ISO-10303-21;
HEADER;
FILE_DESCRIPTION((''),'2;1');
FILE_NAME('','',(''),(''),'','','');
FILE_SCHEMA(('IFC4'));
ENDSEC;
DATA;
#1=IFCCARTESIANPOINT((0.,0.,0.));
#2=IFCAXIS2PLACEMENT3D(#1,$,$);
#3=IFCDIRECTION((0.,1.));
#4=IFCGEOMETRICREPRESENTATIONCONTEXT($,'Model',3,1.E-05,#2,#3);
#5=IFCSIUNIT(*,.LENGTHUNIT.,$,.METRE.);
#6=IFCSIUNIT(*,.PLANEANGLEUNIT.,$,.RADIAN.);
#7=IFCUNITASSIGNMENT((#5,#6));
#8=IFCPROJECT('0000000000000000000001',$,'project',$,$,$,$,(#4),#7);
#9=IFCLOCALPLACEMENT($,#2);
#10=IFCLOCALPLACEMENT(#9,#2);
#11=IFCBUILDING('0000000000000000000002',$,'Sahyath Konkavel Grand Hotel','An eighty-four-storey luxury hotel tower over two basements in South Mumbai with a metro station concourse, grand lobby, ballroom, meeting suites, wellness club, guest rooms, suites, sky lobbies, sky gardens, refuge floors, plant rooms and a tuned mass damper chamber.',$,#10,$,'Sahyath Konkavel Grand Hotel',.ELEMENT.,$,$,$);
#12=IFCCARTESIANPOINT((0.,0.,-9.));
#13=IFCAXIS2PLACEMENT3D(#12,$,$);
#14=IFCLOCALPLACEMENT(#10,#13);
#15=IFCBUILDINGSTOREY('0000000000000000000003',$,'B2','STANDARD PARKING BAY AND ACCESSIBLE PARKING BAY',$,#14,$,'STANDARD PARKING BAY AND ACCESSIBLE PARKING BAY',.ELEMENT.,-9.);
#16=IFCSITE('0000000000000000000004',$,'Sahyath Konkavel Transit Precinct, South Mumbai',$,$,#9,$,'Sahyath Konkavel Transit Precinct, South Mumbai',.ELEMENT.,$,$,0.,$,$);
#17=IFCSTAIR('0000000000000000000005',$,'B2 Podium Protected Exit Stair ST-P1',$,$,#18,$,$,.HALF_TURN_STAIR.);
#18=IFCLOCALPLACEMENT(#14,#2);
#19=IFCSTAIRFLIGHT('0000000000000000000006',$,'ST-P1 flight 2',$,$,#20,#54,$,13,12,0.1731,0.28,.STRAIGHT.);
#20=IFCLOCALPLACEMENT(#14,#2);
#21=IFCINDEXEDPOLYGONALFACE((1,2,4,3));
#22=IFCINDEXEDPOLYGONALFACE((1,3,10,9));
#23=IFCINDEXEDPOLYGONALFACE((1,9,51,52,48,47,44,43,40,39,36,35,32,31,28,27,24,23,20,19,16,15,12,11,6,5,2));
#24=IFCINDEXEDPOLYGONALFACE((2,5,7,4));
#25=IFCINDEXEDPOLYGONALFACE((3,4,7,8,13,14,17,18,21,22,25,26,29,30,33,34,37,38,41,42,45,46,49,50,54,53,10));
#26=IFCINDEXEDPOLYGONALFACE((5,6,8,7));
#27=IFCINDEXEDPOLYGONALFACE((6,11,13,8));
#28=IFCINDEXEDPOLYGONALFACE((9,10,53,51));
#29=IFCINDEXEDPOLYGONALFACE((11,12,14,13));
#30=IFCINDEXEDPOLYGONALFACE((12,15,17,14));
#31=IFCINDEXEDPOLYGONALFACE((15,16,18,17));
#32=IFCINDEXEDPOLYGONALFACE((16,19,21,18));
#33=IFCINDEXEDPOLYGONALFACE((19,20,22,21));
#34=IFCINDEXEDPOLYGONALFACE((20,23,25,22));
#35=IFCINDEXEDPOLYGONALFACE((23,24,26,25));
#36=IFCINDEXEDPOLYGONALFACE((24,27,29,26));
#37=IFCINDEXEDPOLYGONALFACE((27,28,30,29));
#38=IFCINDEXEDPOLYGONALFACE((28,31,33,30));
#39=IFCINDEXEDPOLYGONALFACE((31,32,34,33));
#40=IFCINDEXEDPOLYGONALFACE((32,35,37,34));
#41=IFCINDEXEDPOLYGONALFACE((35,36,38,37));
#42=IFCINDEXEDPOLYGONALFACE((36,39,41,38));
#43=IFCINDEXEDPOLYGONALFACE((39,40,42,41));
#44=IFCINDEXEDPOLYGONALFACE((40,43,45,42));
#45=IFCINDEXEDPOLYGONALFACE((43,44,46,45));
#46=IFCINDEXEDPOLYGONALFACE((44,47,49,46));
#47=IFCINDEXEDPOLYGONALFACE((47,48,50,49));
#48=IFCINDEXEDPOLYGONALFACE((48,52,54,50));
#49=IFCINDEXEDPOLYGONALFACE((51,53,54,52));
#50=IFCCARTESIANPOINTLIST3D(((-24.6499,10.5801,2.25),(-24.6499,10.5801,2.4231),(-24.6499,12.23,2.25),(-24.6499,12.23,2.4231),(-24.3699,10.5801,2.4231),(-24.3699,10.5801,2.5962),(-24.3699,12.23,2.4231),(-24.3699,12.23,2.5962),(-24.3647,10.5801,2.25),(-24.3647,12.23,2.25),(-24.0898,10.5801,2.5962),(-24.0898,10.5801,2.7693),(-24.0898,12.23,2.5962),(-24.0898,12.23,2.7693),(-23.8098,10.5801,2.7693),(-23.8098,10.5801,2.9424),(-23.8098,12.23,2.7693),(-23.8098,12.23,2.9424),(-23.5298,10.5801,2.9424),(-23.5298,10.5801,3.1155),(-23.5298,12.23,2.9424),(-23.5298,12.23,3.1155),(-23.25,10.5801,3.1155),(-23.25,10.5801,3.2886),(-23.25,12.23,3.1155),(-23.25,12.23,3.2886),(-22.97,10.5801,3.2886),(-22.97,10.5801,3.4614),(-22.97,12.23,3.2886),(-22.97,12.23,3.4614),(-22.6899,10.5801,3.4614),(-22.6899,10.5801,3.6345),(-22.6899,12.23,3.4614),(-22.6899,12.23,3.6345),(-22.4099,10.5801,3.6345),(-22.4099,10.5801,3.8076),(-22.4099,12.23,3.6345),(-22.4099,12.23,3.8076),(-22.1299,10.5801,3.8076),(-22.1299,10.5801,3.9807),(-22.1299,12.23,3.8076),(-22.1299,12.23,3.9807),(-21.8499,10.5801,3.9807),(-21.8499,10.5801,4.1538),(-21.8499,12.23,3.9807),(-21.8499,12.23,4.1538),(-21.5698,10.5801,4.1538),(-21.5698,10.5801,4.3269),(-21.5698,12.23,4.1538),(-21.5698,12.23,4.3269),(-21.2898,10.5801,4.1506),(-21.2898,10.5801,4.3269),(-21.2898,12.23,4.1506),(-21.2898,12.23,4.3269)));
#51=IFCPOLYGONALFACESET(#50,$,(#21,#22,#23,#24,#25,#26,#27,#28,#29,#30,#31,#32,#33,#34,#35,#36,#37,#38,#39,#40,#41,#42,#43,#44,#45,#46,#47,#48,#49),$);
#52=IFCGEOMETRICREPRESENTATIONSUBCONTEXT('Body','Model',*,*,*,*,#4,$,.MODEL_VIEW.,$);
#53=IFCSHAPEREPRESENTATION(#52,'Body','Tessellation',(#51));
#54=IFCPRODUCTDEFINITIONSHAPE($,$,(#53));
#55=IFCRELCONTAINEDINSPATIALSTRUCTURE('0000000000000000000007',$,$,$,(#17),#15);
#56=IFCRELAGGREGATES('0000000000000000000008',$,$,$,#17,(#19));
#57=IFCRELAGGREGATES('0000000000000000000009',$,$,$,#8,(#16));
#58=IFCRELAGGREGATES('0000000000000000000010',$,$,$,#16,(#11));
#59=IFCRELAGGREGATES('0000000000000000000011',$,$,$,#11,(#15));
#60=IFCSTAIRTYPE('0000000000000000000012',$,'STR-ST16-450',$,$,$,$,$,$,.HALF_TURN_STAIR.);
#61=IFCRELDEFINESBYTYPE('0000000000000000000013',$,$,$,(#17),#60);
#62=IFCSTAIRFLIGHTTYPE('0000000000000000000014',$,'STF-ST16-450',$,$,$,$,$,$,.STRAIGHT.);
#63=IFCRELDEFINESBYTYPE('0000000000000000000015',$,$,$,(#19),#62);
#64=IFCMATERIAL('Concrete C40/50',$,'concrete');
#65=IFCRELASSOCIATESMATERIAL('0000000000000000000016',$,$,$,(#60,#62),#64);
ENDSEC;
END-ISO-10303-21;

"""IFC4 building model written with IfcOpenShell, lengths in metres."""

from ifc_helpers import new_model, si_unit, direction, frame, origin, place, context, subcontext, project, spatial, polyline, outline, extrude, material, type_object, element, aggregate, save


model = new_model("IFC4")

# Units and contexts
model_context = context("Model", 3, precision=1e-05, world=origin(), true_north=direction((0.0, 1.0)))
body_context = subcontext(model_context, "Body", "Model", "MODEL_VIEW")
ifc_project = project(units=[si_unit("LENGTHUNIT", "METRE"), si_unit("PLANEANGLEUNIT", "RADIAN")], contexts=[model_context])

# Site, building, storey
site_placement = place(None, origin())
site = spatial("IfcSite", under=ifc_project, at=site_placement, Name="Sahyath Konkavel Transit Precinct, South Mumbai", LongName="Sahyath Konkavel Transit Precinct, South Mumbai", CompositionType="ELEMENT", RefElevation=0.0)
building_placement = place(site_placement, origin())
building = spatial("IfcBuilding", under=site, at=building_placement, Name="Sahyath Konkavel Grand Hotel", Description="An eighty-four-storey luxury hotel tower over two basements in South Mumbai with a metro station concourse, grand lobby, ballroom, meeting suites, wellness club, guest rooms, suites, sky lobbies, sky gardens, refuge floors, plant rooms and a tuned mass damper chamber.", LongName="Sahyath Konkavel Grand Hotel", CompositionType="ELEMENT")
storey_placement = place(building_placement, frame((0.0, 0.0, -9.0)))
storey = spatial("IfcBuildingStorey", under=building, at=storey_placement, Name="B2", Description="STANDARD PARKING BAY AND ACCESSIBLE PARKING BAY", LongName="STANDARD PARKING BAY AND ACCESSIBLE PARKING BAY", CompositionType="ELEMENT", Elevation=-9.0)

# Shared definitions
ifc_material_1 = material(Name="Concrete C40/50", Category="concrete")

# Stair, stair flight
stair_type = type_object("IfcStairType", Name="STR-ST16-450", PredefinedType="HALF_TURN_STAIR", material=ifc_material_1)
stair_placement = place(storey_placement, origin())
stair = element("IfcStair", 1, at=stair_placement, inside=storey, type_object=stair_type, Name="B2 Podium Protected Exit Stair ST-P1", PredefinedType="HALF_TURN_STAIR")
stair_flight_type = type_object("IfcStairFlightType", Name="STF-ST16-450", PredefinedType="STRAIGHT", material=ifc_material_1)
stair_flight_1_placement = place(storey_placement, frame((-24.6499, 11.405, 2.25), z_axis=(0.0, 0.0, 1.0), x_axis=(1.0, 0.0, 0.0)))
stair_flight_1 = element("IfcStairFlight", 2, at=stair_flight_1_placement, type_object=stair_flight_type, Name="ST-P1 flight 2", NumberOfRisers=13, NumberOfTreads=12, PredefinedType="STRAIGHT", RiserHeight=0.1731, TreadLength=0.28, context=body_context, shape_type="SweptSolid", body=[
    extrude(outline(polyline([(0.0, 0.0), (0.0, 0.1731), (0.28, 0.1731), (0.28, 0.3462), (0.5601, 0.3462), (0.5601, 0.5193), (0.8401, 0.5193), (0.8401, 0.6924), (1.1201, 0.6924), (1.1201, 0.8655), (1.3999, 0.8655), (1.3999, 1.0386), (1.6799, 1.0386), (1.6799, 1.2114), (1.96, 1.2114), (1.96, 1.3845), (2.24, 1.3845), (2.24, 1.5576), (2.52, 1.5576), (2.52, 1.7307), (2.8, 1.7307), (2.8, 1.9038), (3.0801, 1.9038), (3.0801, 2.0769), (3.3601, 2.0769), (3.3601, 2.25), (3.3601, 1.9006), (0.2852, 0.0), (0.0, 0.0)])), frame((0.0, 0.825, 0.0), z_axis=(0.0, -1.0, 0.0), x_axis=(1.0, 0.0, 0.0)), (0.0, 0.0, 1.0), 1.6499),
])
aggregate(stair, [stair_flight_1])

save(model, "model.ifc")
